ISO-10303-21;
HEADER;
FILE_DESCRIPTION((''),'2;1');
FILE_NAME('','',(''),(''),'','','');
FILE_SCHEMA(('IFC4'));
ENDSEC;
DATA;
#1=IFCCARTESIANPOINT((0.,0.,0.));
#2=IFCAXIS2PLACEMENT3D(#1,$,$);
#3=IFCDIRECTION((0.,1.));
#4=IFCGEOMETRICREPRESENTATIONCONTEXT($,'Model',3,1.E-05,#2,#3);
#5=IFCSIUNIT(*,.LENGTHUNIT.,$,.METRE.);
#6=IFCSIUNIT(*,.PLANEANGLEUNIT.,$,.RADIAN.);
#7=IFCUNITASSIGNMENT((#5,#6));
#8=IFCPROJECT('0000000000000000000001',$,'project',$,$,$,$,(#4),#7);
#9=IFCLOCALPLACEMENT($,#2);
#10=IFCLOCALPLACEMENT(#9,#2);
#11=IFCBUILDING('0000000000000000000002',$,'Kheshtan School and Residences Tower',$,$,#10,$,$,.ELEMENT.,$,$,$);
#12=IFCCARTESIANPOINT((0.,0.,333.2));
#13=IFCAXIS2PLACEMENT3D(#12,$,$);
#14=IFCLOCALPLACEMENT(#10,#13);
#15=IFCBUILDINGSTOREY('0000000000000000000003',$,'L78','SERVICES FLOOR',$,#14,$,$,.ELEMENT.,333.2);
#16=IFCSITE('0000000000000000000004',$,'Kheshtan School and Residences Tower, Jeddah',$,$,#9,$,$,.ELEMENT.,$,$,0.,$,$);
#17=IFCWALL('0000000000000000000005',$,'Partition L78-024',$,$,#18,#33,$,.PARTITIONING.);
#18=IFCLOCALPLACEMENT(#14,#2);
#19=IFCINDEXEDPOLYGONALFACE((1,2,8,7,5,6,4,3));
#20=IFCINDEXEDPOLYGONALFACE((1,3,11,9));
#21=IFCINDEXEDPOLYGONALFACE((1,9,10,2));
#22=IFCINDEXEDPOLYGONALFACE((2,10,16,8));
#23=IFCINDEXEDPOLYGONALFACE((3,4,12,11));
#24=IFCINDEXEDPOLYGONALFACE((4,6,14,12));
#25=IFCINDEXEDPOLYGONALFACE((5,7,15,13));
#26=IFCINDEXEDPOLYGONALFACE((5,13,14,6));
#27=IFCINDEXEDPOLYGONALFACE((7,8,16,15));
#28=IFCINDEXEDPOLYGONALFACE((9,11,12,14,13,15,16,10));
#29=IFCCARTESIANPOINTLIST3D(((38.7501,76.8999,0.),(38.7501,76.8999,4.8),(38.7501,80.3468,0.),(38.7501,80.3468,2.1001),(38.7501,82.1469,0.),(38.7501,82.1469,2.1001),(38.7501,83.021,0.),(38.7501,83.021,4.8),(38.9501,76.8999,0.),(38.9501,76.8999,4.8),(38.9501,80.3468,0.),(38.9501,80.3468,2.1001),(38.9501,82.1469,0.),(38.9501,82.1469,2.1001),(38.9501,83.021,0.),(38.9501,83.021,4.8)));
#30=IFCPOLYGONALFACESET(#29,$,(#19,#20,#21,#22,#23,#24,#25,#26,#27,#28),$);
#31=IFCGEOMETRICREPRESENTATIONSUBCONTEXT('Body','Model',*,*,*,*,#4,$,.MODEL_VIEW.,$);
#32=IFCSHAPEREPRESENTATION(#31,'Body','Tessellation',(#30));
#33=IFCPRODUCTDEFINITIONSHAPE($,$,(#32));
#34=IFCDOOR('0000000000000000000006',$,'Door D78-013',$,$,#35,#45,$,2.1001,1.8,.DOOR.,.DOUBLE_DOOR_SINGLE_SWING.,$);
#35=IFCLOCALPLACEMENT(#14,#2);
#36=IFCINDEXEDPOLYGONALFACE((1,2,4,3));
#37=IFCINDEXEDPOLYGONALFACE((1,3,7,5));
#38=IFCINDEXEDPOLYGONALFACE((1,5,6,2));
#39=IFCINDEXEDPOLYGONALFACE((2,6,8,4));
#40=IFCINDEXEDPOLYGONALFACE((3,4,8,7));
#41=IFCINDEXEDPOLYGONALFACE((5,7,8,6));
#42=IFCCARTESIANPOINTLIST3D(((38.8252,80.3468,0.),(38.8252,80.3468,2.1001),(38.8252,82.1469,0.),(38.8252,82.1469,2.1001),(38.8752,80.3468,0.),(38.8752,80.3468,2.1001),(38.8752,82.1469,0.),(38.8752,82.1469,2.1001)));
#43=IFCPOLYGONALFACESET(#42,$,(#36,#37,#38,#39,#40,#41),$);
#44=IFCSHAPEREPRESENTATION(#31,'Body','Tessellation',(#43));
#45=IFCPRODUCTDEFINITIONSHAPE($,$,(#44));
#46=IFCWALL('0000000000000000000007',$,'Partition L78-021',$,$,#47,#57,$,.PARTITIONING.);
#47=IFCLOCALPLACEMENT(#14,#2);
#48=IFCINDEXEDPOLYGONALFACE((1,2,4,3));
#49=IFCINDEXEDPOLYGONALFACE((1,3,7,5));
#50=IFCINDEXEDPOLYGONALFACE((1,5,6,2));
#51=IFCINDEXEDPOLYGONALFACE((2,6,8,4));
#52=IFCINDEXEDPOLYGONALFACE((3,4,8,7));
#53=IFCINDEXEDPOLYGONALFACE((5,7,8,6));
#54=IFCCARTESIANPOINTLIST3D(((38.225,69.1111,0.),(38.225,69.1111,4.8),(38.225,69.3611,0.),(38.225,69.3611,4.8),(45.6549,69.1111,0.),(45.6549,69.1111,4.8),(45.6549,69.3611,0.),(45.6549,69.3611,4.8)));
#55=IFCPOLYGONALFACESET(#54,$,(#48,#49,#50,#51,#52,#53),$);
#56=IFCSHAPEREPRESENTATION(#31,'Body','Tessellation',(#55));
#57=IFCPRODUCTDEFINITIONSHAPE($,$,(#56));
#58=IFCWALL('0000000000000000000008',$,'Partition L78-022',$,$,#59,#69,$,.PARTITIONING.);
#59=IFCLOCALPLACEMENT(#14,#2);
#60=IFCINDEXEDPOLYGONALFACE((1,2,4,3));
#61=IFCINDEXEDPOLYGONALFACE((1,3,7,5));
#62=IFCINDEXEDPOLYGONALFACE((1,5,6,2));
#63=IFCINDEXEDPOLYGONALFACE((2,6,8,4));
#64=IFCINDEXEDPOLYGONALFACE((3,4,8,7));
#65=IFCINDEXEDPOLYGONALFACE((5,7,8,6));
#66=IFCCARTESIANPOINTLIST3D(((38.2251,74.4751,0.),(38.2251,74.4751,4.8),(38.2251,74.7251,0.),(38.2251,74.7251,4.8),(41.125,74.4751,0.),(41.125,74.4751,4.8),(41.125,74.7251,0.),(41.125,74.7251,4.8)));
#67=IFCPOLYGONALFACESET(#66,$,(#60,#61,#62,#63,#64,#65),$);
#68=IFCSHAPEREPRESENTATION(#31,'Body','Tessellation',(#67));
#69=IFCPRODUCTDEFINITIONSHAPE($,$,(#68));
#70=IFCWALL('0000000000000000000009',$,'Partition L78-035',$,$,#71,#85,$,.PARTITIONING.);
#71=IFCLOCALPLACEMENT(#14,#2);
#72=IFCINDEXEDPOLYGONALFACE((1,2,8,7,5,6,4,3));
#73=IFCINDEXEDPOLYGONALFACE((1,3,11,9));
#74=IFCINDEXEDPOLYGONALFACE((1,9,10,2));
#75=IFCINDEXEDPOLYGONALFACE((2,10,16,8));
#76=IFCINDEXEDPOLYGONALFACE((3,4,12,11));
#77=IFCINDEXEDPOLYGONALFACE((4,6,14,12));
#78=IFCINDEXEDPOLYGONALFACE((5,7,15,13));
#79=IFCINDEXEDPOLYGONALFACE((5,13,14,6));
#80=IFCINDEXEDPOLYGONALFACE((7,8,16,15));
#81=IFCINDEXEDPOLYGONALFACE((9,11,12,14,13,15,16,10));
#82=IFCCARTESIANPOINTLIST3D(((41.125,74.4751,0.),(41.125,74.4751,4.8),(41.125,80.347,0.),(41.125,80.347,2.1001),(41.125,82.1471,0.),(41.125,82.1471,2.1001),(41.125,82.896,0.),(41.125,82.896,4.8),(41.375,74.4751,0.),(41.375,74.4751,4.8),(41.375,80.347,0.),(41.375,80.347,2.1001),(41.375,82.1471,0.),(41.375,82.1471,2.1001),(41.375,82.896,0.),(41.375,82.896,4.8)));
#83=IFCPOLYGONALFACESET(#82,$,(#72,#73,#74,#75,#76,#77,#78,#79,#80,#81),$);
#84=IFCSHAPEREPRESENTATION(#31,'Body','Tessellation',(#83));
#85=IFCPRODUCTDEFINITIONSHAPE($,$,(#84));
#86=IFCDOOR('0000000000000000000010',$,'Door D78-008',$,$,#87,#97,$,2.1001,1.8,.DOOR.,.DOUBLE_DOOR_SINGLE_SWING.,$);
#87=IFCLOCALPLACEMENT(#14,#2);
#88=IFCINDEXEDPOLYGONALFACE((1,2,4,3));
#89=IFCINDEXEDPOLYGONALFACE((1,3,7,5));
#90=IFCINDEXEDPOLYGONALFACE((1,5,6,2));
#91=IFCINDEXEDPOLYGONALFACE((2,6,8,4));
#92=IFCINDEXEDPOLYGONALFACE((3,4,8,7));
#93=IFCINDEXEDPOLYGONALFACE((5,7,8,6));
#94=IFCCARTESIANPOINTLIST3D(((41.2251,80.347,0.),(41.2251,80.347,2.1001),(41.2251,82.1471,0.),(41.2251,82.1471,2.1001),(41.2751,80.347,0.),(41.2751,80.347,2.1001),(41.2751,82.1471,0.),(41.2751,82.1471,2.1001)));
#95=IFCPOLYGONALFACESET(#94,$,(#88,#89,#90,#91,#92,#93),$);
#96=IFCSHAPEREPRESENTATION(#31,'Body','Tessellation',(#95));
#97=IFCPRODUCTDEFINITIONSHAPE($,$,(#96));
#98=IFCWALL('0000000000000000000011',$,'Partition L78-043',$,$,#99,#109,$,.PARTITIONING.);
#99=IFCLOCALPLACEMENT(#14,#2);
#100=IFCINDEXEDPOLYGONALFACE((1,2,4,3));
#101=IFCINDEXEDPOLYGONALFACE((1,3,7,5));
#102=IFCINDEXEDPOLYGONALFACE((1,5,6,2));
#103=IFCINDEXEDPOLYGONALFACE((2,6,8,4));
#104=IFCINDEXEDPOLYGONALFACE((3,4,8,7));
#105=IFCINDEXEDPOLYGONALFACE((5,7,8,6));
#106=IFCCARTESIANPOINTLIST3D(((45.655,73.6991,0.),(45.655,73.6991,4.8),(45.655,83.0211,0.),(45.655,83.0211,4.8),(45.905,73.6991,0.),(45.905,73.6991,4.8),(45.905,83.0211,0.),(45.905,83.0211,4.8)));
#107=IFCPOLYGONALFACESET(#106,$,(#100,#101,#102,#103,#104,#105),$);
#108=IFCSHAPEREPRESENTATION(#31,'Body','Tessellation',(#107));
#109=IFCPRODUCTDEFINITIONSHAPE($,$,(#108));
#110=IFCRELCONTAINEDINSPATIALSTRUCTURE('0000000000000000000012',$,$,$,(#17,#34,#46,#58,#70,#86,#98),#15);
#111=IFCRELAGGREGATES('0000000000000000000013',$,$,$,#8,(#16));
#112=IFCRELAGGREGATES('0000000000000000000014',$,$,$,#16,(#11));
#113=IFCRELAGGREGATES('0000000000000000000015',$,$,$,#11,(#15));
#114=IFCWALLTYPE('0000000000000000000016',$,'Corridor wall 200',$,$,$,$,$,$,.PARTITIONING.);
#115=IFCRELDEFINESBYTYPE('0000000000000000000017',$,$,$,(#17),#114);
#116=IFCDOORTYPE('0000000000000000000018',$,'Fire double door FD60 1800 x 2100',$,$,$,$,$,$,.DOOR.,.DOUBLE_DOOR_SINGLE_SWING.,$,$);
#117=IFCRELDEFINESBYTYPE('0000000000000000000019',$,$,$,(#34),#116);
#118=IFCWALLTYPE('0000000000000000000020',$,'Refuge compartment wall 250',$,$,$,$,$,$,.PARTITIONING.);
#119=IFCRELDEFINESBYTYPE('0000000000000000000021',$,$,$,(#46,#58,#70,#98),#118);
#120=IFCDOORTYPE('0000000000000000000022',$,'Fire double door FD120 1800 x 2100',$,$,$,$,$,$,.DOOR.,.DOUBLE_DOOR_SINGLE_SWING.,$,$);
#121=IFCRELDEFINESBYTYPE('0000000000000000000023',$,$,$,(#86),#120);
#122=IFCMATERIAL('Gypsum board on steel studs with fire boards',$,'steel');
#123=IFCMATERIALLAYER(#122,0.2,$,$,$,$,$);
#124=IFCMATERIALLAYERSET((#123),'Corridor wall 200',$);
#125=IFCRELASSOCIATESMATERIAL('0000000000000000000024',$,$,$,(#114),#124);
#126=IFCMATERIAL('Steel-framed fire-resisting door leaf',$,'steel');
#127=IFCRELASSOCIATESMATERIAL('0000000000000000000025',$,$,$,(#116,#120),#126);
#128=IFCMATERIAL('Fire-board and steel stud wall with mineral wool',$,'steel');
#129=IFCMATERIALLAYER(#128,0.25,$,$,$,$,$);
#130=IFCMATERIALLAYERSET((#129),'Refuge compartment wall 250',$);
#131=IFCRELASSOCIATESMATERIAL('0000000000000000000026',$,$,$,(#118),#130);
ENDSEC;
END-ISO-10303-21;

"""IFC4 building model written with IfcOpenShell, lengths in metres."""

from ifc_helpers import new_model, si_unit, direction, frame, frame_2d, origin, place, context, subcontext, project, spatial, rectangle, extrude, source, transform, mapped, material, layer, layer_set, type_object, element, fill, save


model = new_model("IFC4")

# Units and contexts
model_context = context("Model", 3, precision=1e-05, world=origin(), true_north=direction((0.0, 1.0)))
body_context = subcontext(model_context, "Body", "Model", "MODEL_VIEW")
ifc_project = project(units=[si_unit("LENGTHUNIT", "METRE"), si_unit("PLANEANGLEUNIT", "RADIAN")], contexts=[model_context])

# Site, building, storey
site_placement = place(None, origin())
site = spatial("IfcSite", under=ifc_project, at=site_placement, Name="Kheshtan School and Residences Tower, Jeddah", CompositionType="ELEMENT", RefElevation=0.0)
building_placement = place(site_placement, origin())
building = spatial("IfcBuilding", under=site, at=building_placement, Name="Kheshtan School and Residences Tower", CompositionType="ELEMENT")
storey_placement = place(building_placement, frame((0.0, 0.0, 333.2)))
storey = spatial("IfcBuildingStorey", under=building, at=storey_placement, Name="L78", Description="SERVICES FLOOR", CompositionType="ELEMENT", Elevation=333.2)

# Shared definitions
ifc_material_1 = material(Name="Gypsum board on steel studs with fire boards", Category="steel")
ifc_layer_1 = layer(ifc_material_1, 0.2)
ifc_layer_set_1 = layer_set([ifc_layer_1], Name="Corridor wall 200")
wall_type_1 = type_object("IfcWallType", Name="Corridor wall 200", PredefinedType="PARTITIONING", material=ifc_layer_set_1)
ifc_material_2 = material(Name="Steel-framed fire-resisting door leaf", Category="steel")

# Wall, opening, door
wall_1_placement = place(storey_placement, frame((38.8501, 76.8999, 0.0), z_axis=(0.0, 0.0, 1.0), x_axis=(0.0, 1.0, 0.0)))
wall_1 = element("IfcWall", 1, at=wall_1_placement, inside=storey, type_object=wall_type_1, Name="Partition L78-024", PredefinedType="PARTITIONING", context=body_context, shape_type="SweptSolid", body=[
    extrude(rectangle(XDim=6.1211, YDim=0.2, at=frame_2d((3.0605, 0.0))), origin(), (0.0, 0.0, 1.0), 4.8),
])
opening_1_placement = place(wall_1_placement, frame((3.447, 0.0, 0.0)))
opening_1 = element("IfcOpeningElement", 2, at=opening_1_placement, cuts=wall_1, PredefinedType="OPENING", context=body_context, shape_type="SweptSolid", body=[
    extrude(rectangle(XDim=1.8, YDim=2.1001, at=frame_2d((0.8999, 1.05))), frame((0.0, 0.1099, 0.0), z_axis=(0.0, -1.0, 0.0), x_axis=(1.0, 0.0, 0.0)), (0.0, 0.0, 1.0), 0.22),
])
door_type_1 = type_object("IfcDoorType", Name="Fire double door FD60 1800 x 2100", OperationType="DOUBLE_DOOR_SINGLE_SWING", PredefinedType="DOOR", material=ifc_material_2)
shared_shape_1 = source(origin(), body_context, "Body", "SweptSolid", [
    extrude(rectangle(XDim=1.8, YDim=2.1001, at=frame_2d((0.8999, 1.05))), frame((0.0, 0.0249, 0.0), z_axis=(0.0, -1.0, 0.0), x_axis=(1.0, 0.0, 0.0)), (0.0, 0.0, 1.0), 0.05),
])
door_1_placement = place(opening_1_placement, origin())
door_1 = element("IfcDoor", 3, at=door_1_placement, inside=storey, type_object=door_type_1, Name="Door D78-013", OperationType="DOUBLE_DOOR_SINGLE_SWING", OverallHeight=2.1001, OverallWidth=1.8, PredefinedType="DOOR", context=body_context, shape_type="MappedRepresentation", body=[
    mapped(shared_shape_1, transform((0.0, 0.0, 0.0), x_axis=(1.0, 0.0, 0.0), y_axis=(0.0, 1.0, 0.0), z_axis=(0.0, 0.0, 1.0), scale=1.0)),
])
fill(opening_1, door_1)

# Walls
ifc_material_3 = material(Name="Fire-board and steel stud wall with mineral wool", Category="steel")
ifc_layer_2 = layer(ifc_material_3, 0.25)
ifc_layer_set_2 = layer_set([ifc_layer_2], Name="Refuge compartment wall 250")
wall_type_2 = type_object("IfcWallType", Name="Refuge compartment wall 250", PredefinedType="PARTITIONING", material=ifc_layer_set_2)
wall_2_placement = place(storey_placement, frame((38.2251, 69.2361, 0.0), z_axis=(0.0, 0.0, 1.0), x_axis=(1.0, 0.0, 0.0)))
element("IfcWall", 4, at=wall_2_placement, inside=storey, type_object=wall_type_2, Name="Partition L78-021", PredefinedType="PARTITIONING", context=body_context, shape_type="SweptSolid", body=[
    extrude(rectangle(XDim=7.4299, YDim=0.25, at=frame_2d((3.7148, 0.0))), origin(), (0.0, 0.0, 1.0), 4.8),
])
wall_3_placement = place(storey_placement, frame((38.2251, 74.6001, 0.0), z_axis=(0.0, 0.0, 1.0), x_axis=(1.0, 0.0, 0.0)))
element("IfcWall", 5, at=wall_3_placement, inside=storey, type_object=wall_type_2, Name="Partition L78-022", PredefinedType="PARTITIONING", context=body_context, shape_type="SweptSolid", body=[
    extrude(rectangle(XDim=2.8999, YDim=0.25, at=frame_2d((1.45, 0.0))), origin(), (0.0, 0.0, 1.0), 4.8),
])

# Wall, opening, door
wall_4_placement = place(storey_placement, frame((41.25, 74.4751, 0.0), z_axis=(0.0, 0.0, 1.0), x_axis=(0.0, 1.0, 0.0)))
wall_4 = element("IfcWall", 6, at=wall_4_placement, inside=storey, type_object=wall_type_2, Name="Partition L78-035", PredefinedType="PARTITIONING", context=body_context, shape_type="SweptSolid", body=[
    extrude(rectangle(XDim=8.4209, YDim=0.25, at=frame_2d((4.2104, 0.0))), origin(), (0.0, 0.0, 1.0), 4.8),
])
opening_2_placement = place(wall_4_placement, frame((5.8721, 0.0, 0.0)))
opening_2 = element("IfcOpeningElement", 7, at=opening_2_placement, cuts=wall_4, PredefinedType="OPENING", context=body_context, shape_type="SweptSolid", body=[
    extrude(rectangle(XDim=1.8, YDim=2.1001, at=frame_2d((0.8999, 1.05))), frame((0.0, 0.135, 0.0), z_axis=(0.0, -1.0, 0.0), x_axis=(1.0, 0.0, 0.0)), (0.0, 0.0, 1.0), 0.27),
])
door_type_2 = type_object("IfcDoorType", Name="Fire double door FD120 1800 x 2100", OperationType="DOUBLE_DOOR_SINGLE_SWING", PredefinedType="DOOR", material=ifc_material_2)
shared_shape_2 = source(origin(), body_context, "Body", "SweptSolid", [
    extrude(rectangle(XDim=1.8, YDim=2.1001, at=frame_2d((0.8999, 1.05))), frame((0.0, 0.0249, 0.0), z_axis=(0.0, -1.0, 0.0), x_axis=(1.0, 0.0, 0.0)), (0.0, 0.0, 1.0), 0.05),
])
door_2_placement = place(opening_2_placement, origin())
door_2 = element("IfcDoor", 8, at=door_2_placement, inside=storey, type_object=door_type_2, Name="Door D78-008", OperationType="DOUBLE_DOOR_SINGLE_SWING", OverallHeight=2.1001, OverallWidth=1.8, PredefinedType="DOOR", context=body_context, shape_type="MappedRepresentation", body=[
    mapped(shared_shape_2, transform((0.0, 0.0, 0.0), x_axis=(1.0, 0.0, 0.0), y_axis=(0.0, 1.0, 0.0), z_axis=(0.0, 0.0, 1.0), scale=1.0)),
])
fill(opening_2, door_2)

# Wall
wall_5_placement = place(storey_placement, frame((45.78, 73.699, 0.0), z_axis=(0.0, 0.0, 1.0), x_axis=(0.0, 1.0, 0.0)))
element("IfcWall", 9, at=wall_5_placement, inside=storey, type_object=wall_type_2, Name="Partition L78-043", PredefinedType="PARTITIONING", context=body_context, shape_type="SweptSolid", body=[
    extrude(rectangle(XDim=9.322, YDim=0.25, at=frame_2d((4.6611, 0.0))), origin(), (0.0, 0.0, 1.0), 4.8),
])

save(model, "model.ifc")
